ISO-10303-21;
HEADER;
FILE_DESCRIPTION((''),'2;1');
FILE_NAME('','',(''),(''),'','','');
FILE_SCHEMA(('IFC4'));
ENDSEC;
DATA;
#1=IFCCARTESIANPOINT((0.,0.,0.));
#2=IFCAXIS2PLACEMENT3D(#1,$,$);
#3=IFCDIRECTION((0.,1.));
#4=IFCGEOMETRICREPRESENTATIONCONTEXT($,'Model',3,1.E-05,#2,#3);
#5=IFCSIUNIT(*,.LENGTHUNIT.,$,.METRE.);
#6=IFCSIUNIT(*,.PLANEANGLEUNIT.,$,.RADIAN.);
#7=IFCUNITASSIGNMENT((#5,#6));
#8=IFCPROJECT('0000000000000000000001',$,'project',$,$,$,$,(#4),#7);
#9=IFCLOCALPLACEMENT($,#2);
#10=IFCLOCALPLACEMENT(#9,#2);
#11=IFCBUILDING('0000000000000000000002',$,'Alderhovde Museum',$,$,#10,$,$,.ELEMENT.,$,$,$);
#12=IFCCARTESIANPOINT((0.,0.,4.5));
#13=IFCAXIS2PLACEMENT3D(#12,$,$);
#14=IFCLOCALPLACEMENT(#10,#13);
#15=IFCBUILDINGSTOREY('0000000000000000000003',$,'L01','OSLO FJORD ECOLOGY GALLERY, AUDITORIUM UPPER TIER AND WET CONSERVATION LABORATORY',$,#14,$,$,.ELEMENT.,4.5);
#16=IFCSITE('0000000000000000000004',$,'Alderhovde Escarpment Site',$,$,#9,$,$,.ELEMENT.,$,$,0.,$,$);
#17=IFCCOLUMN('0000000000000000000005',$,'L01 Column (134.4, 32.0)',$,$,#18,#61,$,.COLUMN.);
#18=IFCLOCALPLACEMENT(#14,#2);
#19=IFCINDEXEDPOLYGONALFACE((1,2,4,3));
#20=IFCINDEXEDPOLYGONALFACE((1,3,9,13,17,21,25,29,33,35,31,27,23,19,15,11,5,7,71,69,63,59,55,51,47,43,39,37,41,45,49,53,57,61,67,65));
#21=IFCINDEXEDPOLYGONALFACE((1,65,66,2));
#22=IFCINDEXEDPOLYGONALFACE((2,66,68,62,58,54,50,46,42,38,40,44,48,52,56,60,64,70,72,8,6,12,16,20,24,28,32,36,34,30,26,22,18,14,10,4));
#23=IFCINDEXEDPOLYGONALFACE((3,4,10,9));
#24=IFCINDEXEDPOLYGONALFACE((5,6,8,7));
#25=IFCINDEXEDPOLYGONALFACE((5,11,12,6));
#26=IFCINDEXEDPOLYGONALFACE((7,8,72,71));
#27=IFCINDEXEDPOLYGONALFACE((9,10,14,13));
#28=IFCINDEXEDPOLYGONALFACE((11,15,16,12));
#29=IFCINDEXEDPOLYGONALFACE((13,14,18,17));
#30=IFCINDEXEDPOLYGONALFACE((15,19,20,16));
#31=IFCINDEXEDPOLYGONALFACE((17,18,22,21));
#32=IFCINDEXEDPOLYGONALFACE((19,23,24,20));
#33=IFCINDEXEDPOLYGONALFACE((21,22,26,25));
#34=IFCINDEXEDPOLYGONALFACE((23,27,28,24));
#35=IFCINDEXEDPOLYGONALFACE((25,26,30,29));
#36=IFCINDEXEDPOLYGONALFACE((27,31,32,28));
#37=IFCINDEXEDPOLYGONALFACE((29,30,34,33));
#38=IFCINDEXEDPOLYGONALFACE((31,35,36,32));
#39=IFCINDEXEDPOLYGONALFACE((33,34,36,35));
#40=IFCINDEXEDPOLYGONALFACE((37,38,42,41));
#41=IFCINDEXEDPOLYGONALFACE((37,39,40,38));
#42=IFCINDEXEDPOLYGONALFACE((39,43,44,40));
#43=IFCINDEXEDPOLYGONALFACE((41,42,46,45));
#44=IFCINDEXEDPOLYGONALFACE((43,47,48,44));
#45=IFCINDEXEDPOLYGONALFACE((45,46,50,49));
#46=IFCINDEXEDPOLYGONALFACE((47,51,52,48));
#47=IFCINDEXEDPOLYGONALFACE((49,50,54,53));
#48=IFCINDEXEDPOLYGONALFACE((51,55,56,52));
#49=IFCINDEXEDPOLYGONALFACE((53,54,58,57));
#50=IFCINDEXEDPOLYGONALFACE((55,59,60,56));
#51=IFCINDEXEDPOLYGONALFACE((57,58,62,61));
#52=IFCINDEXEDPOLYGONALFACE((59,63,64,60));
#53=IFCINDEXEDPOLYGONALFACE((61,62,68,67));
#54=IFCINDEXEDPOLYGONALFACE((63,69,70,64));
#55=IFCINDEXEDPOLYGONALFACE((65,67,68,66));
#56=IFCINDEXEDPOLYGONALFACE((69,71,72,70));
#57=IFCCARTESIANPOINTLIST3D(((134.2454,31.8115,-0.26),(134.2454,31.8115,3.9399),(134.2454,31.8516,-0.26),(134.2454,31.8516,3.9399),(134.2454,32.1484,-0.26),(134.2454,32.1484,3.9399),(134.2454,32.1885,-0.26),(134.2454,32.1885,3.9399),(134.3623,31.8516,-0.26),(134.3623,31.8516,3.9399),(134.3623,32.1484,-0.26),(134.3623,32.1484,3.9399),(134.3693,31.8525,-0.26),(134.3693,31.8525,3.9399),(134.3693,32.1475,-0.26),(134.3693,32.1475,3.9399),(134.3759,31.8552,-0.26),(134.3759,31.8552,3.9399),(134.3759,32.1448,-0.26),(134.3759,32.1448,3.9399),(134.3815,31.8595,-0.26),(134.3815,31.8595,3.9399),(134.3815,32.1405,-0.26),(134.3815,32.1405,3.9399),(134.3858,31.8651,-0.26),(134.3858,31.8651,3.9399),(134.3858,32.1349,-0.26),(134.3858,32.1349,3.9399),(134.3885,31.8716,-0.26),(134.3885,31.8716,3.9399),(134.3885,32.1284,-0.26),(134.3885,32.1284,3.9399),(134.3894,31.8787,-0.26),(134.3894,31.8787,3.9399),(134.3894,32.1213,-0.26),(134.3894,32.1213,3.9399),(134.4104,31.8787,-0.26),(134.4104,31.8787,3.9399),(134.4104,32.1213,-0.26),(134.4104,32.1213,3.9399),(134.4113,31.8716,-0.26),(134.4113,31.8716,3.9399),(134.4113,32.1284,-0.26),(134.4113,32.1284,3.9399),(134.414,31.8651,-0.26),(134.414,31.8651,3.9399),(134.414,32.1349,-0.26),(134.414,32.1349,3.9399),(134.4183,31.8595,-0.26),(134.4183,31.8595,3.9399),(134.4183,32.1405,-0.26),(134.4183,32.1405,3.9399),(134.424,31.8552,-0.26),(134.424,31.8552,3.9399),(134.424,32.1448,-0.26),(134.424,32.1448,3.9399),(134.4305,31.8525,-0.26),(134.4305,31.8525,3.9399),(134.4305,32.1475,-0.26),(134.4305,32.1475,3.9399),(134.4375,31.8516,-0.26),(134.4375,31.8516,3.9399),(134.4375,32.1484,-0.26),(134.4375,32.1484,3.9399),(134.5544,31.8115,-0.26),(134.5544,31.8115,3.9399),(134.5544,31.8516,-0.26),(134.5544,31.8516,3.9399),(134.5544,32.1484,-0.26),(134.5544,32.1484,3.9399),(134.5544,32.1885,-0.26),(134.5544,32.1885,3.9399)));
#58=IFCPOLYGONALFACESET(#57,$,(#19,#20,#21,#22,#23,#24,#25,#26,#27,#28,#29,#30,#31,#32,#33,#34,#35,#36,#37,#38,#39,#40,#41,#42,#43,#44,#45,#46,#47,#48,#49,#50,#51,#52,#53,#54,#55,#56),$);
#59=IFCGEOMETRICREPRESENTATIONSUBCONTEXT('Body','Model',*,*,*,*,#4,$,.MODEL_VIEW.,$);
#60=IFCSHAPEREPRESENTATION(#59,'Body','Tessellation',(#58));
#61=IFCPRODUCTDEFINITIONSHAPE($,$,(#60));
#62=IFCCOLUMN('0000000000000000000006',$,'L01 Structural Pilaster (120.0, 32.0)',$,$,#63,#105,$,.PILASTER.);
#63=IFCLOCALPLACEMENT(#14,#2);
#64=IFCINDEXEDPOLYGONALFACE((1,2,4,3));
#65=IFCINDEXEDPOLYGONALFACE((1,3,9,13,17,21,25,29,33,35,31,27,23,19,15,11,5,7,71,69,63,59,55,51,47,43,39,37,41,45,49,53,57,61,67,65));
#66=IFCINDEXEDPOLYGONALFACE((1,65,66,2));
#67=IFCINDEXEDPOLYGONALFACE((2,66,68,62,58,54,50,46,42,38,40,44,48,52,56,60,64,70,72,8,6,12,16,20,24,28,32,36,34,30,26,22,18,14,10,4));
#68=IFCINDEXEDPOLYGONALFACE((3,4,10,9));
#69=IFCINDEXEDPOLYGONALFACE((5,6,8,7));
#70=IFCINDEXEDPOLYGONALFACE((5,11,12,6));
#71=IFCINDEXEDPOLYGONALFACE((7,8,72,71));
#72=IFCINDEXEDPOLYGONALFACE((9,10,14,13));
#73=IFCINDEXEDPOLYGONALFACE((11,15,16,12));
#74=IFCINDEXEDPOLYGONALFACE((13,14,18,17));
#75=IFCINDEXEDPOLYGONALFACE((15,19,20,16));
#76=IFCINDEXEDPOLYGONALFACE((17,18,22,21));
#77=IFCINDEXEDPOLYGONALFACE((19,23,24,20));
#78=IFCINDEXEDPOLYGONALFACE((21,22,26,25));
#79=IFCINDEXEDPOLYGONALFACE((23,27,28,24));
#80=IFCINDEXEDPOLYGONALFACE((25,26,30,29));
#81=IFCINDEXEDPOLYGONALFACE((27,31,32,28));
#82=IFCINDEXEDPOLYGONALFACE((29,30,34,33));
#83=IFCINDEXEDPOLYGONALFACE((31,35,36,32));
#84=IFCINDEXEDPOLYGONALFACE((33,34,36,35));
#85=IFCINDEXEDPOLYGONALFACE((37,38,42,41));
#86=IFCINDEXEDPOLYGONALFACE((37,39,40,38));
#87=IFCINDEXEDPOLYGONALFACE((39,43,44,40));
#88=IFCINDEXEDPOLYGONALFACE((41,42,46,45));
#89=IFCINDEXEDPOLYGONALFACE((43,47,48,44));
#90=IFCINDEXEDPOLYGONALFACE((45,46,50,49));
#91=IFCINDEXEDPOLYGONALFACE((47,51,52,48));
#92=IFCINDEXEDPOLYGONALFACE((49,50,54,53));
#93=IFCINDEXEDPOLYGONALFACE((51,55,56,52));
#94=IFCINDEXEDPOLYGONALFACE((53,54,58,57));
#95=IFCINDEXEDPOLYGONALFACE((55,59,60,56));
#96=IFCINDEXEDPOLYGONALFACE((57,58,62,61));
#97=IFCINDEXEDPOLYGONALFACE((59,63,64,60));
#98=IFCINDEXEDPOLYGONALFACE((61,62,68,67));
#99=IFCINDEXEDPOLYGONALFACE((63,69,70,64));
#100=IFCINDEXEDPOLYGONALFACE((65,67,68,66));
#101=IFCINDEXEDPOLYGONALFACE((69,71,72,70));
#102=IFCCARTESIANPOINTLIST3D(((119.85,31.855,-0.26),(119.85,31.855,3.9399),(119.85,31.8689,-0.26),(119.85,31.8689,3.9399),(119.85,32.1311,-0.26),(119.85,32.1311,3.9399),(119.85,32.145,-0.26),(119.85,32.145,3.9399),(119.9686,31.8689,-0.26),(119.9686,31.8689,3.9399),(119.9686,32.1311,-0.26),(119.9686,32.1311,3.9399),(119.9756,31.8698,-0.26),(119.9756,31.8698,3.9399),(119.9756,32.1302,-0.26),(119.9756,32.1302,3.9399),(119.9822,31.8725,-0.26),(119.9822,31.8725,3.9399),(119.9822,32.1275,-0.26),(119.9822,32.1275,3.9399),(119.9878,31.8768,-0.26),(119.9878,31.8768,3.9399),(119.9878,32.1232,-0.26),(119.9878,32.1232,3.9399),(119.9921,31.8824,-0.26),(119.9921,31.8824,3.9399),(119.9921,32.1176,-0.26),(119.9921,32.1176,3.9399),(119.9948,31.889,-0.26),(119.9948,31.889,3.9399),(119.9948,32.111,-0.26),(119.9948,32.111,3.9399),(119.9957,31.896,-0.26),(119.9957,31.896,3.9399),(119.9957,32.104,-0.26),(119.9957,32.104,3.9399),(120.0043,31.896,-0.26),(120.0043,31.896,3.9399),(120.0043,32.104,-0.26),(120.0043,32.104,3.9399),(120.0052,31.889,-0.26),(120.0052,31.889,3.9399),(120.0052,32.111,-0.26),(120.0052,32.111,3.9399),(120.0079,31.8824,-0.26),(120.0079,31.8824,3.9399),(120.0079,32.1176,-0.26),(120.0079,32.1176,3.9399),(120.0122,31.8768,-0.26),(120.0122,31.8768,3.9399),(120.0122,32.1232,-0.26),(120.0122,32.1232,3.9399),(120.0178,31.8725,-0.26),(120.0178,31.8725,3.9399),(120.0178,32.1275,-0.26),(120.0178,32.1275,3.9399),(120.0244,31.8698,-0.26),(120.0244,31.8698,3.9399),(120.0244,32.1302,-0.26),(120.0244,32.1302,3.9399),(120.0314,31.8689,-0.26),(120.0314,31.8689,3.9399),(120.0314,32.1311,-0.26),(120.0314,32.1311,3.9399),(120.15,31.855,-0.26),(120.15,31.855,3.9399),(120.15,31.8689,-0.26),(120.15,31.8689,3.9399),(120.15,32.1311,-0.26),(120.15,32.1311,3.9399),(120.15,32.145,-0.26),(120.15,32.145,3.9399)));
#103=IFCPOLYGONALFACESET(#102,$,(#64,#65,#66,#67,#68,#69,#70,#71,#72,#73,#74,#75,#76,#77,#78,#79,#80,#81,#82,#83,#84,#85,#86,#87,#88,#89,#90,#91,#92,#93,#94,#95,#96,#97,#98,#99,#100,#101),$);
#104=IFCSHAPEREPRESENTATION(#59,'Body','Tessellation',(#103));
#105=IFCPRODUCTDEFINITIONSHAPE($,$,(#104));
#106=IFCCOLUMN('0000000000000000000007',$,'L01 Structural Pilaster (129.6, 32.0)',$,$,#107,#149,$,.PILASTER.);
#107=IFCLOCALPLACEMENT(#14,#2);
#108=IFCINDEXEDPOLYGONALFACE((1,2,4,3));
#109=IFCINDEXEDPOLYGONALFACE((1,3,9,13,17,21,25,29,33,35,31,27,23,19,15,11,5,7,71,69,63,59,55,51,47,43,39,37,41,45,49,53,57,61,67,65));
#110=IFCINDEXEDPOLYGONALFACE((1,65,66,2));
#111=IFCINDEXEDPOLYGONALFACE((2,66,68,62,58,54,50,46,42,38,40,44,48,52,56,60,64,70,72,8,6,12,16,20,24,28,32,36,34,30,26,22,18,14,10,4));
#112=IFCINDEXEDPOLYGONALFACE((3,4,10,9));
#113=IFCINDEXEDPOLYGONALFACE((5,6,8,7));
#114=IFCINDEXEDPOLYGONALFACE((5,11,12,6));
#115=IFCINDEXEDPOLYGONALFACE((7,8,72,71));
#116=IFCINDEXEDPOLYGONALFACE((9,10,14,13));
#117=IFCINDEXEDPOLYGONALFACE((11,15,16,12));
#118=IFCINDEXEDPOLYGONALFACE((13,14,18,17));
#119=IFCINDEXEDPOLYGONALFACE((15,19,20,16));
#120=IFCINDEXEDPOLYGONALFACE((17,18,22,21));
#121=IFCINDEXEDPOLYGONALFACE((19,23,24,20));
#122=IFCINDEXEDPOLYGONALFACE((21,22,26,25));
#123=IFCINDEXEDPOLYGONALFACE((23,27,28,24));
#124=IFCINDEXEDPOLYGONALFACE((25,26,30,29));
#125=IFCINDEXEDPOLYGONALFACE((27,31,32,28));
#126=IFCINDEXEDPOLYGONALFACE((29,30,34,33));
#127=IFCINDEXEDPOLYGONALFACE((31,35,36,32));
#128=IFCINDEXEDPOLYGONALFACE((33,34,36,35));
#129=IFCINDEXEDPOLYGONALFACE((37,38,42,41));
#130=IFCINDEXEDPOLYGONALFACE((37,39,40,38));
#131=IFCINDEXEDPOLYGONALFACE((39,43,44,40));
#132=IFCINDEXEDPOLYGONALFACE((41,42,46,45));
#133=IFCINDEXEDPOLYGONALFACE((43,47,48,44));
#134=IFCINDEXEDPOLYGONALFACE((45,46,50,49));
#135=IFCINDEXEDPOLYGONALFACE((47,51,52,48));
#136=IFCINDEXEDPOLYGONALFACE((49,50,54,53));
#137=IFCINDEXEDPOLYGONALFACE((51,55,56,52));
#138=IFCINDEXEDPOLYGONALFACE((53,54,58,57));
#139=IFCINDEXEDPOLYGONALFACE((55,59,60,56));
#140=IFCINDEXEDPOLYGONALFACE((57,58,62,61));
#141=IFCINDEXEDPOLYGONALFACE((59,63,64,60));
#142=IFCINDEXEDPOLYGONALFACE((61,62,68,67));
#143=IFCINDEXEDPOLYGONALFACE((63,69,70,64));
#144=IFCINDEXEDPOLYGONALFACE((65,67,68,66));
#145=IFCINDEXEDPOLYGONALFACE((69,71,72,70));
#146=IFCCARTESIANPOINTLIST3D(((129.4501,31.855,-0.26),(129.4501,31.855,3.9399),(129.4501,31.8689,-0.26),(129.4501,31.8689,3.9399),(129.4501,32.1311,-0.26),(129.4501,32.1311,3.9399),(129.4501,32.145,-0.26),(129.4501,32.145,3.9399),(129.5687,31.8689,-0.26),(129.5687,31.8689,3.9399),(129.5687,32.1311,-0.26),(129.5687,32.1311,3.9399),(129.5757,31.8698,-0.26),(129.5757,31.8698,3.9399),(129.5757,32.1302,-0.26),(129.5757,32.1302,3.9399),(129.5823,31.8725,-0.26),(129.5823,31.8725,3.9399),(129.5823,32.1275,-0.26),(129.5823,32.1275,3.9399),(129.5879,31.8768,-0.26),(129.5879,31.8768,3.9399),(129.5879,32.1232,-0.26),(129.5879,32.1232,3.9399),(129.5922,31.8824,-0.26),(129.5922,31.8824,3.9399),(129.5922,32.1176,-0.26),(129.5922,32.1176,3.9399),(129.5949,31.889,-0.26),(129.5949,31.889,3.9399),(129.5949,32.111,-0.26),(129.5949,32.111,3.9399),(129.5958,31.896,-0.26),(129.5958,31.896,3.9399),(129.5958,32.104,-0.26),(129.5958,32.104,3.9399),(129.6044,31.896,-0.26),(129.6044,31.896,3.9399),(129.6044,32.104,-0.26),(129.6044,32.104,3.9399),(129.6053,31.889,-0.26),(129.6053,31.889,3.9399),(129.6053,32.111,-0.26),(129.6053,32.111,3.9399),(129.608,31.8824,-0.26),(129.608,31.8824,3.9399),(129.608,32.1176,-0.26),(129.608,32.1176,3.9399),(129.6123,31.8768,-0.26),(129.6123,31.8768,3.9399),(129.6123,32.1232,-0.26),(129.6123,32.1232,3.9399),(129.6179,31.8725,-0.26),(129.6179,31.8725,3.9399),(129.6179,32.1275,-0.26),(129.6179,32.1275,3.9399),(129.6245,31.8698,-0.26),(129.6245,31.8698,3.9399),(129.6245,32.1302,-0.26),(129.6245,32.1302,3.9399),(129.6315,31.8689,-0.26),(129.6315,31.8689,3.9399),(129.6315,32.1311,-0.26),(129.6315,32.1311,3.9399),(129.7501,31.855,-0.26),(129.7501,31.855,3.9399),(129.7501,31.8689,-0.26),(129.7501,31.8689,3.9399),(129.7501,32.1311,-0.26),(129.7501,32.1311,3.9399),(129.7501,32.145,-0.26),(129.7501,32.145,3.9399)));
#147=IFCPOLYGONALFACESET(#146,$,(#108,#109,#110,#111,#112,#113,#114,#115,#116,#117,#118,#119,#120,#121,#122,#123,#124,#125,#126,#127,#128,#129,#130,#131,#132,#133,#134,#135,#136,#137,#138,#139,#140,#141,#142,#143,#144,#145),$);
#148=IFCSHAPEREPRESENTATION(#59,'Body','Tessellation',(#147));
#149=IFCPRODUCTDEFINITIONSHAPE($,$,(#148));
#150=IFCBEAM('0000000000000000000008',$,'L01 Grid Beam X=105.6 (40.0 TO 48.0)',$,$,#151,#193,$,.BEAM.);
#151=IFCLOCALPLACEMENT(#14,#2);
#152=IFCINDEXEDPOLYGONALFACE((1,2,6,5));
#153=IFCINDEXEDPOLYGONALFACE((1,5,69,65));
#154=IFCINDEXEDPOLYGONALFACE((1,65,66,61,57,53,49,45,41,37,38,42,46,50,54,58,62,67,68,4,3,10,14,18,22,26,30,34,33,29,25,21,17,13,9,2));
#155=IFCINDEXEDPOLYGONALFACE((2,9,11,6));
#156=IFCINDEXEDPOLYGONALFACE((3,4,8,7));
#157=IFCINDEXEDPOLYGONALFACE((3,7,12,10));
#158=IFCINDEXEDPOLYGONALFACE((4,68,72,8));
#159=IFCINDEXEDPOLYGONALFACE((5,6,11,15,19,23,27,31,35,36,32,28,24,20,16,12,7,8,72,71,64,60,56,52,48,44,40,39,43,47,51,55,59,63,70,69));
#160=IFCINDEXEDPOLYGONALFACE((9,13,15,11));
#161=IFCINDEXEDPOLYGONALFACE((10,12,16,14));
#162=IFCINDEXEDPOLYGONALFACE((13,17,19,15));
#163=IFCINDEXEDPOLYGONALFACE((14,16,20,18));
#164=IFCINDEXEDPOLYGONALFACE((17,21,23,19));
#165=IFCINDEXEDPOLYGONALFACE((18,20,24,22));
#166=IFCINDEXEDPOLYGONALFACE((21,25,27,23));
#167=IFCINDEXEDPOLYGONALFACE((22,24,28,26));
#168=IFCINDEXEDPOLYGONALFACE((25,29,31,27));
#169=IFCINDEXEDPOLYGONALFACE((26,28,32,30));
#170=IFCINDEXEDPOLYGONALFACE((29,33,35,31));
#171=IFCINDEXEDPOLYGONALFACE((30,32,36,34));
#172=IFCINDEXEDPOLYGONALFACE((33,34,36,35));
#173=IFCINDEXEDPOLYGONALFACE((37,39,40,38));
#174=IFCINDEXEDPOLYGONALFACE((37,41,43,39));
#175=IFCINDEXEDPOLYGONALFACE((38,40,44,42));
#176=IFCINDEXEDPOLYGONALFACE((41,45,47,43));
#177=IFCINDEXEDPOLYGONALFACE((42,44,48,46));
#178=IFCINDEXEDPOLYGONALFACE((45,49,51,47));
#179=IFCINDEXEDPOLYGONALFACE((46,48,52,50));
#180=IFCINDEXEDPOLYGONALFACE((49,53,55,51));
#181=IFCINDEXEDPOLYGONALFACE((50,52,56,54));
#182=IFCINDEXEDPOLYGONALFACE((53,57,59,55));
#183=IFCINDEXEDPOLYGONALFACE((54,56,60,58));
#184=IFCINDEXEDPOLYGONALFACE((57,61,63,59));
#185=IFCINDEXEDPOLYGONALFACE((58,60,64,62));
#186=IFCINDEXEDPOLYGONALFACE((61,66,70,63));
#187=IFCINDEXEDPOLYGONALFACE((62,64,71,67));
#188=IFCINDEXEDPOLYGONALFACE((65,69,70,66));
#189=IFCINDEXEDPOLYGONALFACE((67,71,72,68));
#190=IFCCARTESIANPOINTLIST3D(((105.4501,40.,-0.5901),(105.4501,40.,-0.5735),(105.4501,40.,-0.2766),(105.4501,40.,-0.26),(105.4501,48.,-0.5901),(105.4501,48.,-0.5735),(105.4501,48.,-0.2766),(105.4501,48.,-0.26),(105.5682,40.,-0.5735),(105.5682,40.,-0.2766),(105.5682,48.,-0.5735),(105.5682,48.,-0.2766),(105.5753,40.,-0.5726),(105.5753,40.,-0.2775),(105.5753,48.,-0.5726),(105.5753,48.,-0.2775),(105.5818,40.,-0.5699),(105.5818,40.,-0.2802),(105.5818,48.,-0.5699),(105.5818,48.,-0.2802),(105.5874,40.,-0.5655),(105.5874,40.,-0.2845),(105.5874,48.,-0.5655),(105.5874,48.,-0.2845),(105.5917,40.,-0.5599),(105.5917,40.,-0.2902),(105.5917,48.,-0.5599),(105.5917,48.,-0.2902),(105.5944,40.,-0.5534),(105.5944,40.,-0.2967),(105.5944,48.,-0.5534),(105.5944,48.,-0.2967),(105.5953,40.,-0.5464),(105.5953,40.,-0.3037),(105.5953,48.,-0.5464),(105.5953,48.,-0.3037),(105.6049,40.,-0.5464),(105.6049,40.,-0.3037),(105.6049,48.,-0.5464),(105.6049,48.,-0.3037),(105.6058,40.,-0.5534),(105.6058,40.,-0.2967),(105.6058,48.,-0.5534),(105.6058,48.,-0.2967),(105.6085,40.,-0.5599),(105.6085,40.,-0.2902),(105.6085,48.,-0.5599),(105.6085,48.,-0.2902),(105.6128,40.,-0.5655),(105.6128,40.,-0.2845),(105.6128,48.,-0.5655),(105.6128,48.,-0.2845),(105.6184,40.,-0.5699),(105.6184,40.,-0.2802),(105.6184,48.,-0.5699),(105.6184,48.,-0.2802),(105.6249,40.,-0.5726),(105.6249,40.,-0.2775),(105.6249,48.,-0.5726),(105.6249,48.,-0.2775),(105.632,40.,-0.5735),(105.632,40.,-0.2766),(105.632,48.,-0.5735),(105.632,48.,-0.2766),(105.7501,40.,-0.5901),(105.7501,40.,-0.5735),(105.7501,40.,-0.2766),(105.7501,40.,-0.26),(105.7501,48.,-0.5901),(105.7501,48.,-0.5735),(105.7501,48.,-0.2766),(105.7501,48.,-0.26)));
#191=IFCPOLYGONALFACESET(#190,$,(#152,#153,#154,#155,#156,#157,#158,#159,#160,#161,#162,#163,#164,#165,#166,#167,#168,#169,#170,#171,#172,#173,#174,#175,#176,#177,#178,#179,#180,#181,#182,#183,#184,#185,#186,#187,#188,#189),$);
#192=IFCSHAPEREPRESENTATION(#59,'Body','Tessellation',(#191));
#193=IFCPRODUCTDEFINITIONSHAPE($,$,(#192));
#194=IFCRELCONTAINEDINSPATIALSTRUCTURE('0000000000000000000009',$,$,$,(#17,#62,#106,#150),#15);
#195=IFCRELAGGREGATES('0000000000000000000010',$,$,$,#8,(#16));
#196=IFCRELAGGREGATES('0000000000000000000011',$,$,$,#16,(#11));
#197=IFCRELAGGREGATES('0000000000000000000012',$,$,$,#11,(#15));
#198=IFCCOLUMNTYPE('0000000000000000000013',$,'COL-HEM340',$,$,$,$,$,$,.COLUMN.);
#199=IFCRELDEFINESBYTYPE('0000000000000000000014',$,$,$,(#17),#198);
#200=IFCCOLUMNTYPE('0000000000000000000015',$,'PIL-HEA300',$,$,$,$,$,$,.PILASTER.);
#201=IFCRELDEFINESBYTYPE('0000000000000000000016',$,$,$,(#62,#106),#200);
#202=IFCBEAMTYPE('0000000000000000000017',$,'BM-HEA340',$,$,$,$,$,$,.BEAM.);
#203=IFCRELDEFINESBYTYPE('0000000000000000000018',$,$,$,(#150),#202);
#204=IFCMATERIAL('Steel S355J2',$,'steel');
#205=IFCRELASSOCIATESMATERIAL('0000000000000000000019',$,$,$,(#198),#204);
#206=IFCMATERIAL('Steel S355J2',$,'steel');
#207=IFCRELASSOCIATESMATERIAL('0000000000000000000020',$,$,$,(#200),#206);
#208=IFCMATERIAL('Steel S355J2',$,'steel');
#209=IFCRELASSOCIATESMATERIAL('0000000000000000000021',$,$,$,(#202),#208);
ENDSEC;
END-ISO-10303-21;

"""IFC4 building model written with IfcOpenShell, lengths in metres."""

from ifc_helpers import new_model, si_unit, direction, frame, origin, origin_2d, place, context, subcontext, project, spatial, i_section, extrude, material, material_profile, profile_set, type_object, element, save


model = new_model("IFC4")

# Units and contexts
model_context = context("Model", 3, precision=1e-05, world=origin(), true_north=direction((0.0, 1.0)))
body_context = subcontext(model_context, "Body", "Model", "MODEL_VIEW")
ifc_project = project(units=[si_unit("LENGTHUNIT", "METRE"), si_unit("PLANEANGLEUNIT", "RADIAN")], contexts=[model_context])

# Site, building, storey
site_placement = place(None, origin())
site = spatial("IfcSite", under=ifc_project, at=site_placement, Name="Alderhovde Escarpment Site", CompositionType="ELEMENT", RefElevation=0.0)
building_placement = place(site_placement, origin())
building = spatial("IfcBuilding", under=site, at=building_placement, Name="Alderhovde Museum", CompositionType="ELEMENT")
storey_placement = place(building_placement, frame((0.0, 0.0, 4.5)))
storey = spatial("IfcBuildingStorey", under=building, at=storey_placement, Name="L01", Description="OSLO FJORD ECOLOGY GALLERY, AUDITORIUM UPPER TIER AND WET CONSERVATION LABORATORY", CompositionType="ELEMENT", Elevation=4.5)

# Columns
ifc_material_1 = material(Name="Steel S355J2", Category="steel")
ifc_material_profile_1 = material_profile(ifc_material_1, i_section(OverallWidth=0.3091, OverallDepth=0.377, WebThickness=0.021, FlangeThickness=0.04, FilletRadius=0.0271, at=origin_2d()), Name="HEM 340")
ifc_profile_set_1 = profile_set([ifc_material_profile_1], Name="Steel S355J2")
column_type_1 = type_object("IfcColumnType", Name="COL-HEM340", PredefinedType="COLUMN", material=ifc_profile_set_1)
for number, where, z_axis, x_axis, name in (
    (1, (134.3999, 32.0, -0.26), (0.0, 0.0, 1.0), (1.0, 0.0, 0.0), "L01 Column (134.4, 32.0)"),
):
    element("IfcColumn", number, at=place(storey_placement, frame(where, z_axis=z_axis, x_axis=x_axis)), inside=storey, type_object=column_type_1, Name=name, PredefinedType="COLUMN", context=body_context, shape_type="SweptSolid", body=[
        extrude(i_section(OverallWidth=0.3091, OverallDepth=0.377, WebThickness=0.021, FlangeThickness=0.04, FilletRadius=0.0271, at=origin_2d()), origin(), (0.0, 0.0, 1.0), 4.2),
    ])
ifc_material_2 = material(Name="Steel S355J2", Category="steel")
ifc_material_profile_2 = material_profile(ifc_material_2, i_section(OverallWidth=0.3, OverallDepth=0.29, WebThickness=0.0085, FlangeThickness=0.0139, FilletRadius=0.0271, at=origin_2d()), Name="HEA 300")
ifc_profile_set_2 = profile_set([ifc_material_profile_2], Name="Steel S355J2")
column_type_2 = type_object("IfcColumnType", Name="PIL-HEA300", PredefinedType="PILASTER", material=ifc_profile_set_2)
for number, where, z_axis, x_axis, name in (
    (2, (120.0, 32.0, -0.26), (0.0, 0.0, 1.0), (1.0, 0.0, 0.0), "L01 Structural Pilaster (120.0, 32.0)"),
    (3, (129.6001, 32.0, -0.26), (0.0, 0.0, 1.0), (1.0, 0.0, 0.0), "L01 Structural Pilaster (129.6, 32.0)"),
):
    element("IfcColumn", number, at=place(storey_placement, frame(where, z_axis=z_axis, x_axis=x_axis)), inside=storey, type_object=column_type_2, Name=name, PredefinedType="PILASTER", context=body_context, shape_type="SweptSolid", body=[
        extrude(i_section(OverallWidth=0.3, OverallDepth=0.29, WebThickness=0.0085, FlangeThickness=0.0139, FilletRadius=0.0271, at=origin_2d()), origin(), (0.0, 0.0, 1.0), 4.2),
    ])

# Beam
ifc_material_3 = material(Name="Steel S355J2", Category="steel")
ifc_material_profile_3 = material_profile(ifc_material_3, i_section(OverallWidth=0.3, OverallDepth=0.3301, WebThickness=0.0095, FlangeThickness=0.0166, FilletRadius=0.0271, at=origin_2d()), Name="HEA 340")
ifc_profile_set_3 = profile_set([ifc_material_profile_3], Name="Steel S355J2")
beam_type_1 = type_object("IfcBeamType", Name="BM-HEA340", PredefinedType="BEAM", material=ifc_profile_set_3)
for number, where, z_axis, x_axis, name in (
    (4, (105.6001, 40.0, -0.425), (0.0, 1.0, 0.0), (-1.0, 0.0, 0.0), "L01 Grid Beam X=105.6 (40.0 TO 48.0)"),
):
    element("IfcBeam", number, at=place(storey_placement, frame(where, z_axis=z_axis, x_axis=x_axis)), inside=storey, type_object=beam_type_1, Name=name, PredefinedType="BEAM", context=body_context, shape_type="SweptSolid", body=[
        extrude(i_section(OverallWidth=0.3, OverallDepth=0.3301, WebThickness=0.0095, FlangeThickness=0.0166, FilletRadius=0.0271, at=origin_2d()), origin(), (0.0, 0.0, 1.0), 8.0),
    ])

save(model, "model.ifc")
